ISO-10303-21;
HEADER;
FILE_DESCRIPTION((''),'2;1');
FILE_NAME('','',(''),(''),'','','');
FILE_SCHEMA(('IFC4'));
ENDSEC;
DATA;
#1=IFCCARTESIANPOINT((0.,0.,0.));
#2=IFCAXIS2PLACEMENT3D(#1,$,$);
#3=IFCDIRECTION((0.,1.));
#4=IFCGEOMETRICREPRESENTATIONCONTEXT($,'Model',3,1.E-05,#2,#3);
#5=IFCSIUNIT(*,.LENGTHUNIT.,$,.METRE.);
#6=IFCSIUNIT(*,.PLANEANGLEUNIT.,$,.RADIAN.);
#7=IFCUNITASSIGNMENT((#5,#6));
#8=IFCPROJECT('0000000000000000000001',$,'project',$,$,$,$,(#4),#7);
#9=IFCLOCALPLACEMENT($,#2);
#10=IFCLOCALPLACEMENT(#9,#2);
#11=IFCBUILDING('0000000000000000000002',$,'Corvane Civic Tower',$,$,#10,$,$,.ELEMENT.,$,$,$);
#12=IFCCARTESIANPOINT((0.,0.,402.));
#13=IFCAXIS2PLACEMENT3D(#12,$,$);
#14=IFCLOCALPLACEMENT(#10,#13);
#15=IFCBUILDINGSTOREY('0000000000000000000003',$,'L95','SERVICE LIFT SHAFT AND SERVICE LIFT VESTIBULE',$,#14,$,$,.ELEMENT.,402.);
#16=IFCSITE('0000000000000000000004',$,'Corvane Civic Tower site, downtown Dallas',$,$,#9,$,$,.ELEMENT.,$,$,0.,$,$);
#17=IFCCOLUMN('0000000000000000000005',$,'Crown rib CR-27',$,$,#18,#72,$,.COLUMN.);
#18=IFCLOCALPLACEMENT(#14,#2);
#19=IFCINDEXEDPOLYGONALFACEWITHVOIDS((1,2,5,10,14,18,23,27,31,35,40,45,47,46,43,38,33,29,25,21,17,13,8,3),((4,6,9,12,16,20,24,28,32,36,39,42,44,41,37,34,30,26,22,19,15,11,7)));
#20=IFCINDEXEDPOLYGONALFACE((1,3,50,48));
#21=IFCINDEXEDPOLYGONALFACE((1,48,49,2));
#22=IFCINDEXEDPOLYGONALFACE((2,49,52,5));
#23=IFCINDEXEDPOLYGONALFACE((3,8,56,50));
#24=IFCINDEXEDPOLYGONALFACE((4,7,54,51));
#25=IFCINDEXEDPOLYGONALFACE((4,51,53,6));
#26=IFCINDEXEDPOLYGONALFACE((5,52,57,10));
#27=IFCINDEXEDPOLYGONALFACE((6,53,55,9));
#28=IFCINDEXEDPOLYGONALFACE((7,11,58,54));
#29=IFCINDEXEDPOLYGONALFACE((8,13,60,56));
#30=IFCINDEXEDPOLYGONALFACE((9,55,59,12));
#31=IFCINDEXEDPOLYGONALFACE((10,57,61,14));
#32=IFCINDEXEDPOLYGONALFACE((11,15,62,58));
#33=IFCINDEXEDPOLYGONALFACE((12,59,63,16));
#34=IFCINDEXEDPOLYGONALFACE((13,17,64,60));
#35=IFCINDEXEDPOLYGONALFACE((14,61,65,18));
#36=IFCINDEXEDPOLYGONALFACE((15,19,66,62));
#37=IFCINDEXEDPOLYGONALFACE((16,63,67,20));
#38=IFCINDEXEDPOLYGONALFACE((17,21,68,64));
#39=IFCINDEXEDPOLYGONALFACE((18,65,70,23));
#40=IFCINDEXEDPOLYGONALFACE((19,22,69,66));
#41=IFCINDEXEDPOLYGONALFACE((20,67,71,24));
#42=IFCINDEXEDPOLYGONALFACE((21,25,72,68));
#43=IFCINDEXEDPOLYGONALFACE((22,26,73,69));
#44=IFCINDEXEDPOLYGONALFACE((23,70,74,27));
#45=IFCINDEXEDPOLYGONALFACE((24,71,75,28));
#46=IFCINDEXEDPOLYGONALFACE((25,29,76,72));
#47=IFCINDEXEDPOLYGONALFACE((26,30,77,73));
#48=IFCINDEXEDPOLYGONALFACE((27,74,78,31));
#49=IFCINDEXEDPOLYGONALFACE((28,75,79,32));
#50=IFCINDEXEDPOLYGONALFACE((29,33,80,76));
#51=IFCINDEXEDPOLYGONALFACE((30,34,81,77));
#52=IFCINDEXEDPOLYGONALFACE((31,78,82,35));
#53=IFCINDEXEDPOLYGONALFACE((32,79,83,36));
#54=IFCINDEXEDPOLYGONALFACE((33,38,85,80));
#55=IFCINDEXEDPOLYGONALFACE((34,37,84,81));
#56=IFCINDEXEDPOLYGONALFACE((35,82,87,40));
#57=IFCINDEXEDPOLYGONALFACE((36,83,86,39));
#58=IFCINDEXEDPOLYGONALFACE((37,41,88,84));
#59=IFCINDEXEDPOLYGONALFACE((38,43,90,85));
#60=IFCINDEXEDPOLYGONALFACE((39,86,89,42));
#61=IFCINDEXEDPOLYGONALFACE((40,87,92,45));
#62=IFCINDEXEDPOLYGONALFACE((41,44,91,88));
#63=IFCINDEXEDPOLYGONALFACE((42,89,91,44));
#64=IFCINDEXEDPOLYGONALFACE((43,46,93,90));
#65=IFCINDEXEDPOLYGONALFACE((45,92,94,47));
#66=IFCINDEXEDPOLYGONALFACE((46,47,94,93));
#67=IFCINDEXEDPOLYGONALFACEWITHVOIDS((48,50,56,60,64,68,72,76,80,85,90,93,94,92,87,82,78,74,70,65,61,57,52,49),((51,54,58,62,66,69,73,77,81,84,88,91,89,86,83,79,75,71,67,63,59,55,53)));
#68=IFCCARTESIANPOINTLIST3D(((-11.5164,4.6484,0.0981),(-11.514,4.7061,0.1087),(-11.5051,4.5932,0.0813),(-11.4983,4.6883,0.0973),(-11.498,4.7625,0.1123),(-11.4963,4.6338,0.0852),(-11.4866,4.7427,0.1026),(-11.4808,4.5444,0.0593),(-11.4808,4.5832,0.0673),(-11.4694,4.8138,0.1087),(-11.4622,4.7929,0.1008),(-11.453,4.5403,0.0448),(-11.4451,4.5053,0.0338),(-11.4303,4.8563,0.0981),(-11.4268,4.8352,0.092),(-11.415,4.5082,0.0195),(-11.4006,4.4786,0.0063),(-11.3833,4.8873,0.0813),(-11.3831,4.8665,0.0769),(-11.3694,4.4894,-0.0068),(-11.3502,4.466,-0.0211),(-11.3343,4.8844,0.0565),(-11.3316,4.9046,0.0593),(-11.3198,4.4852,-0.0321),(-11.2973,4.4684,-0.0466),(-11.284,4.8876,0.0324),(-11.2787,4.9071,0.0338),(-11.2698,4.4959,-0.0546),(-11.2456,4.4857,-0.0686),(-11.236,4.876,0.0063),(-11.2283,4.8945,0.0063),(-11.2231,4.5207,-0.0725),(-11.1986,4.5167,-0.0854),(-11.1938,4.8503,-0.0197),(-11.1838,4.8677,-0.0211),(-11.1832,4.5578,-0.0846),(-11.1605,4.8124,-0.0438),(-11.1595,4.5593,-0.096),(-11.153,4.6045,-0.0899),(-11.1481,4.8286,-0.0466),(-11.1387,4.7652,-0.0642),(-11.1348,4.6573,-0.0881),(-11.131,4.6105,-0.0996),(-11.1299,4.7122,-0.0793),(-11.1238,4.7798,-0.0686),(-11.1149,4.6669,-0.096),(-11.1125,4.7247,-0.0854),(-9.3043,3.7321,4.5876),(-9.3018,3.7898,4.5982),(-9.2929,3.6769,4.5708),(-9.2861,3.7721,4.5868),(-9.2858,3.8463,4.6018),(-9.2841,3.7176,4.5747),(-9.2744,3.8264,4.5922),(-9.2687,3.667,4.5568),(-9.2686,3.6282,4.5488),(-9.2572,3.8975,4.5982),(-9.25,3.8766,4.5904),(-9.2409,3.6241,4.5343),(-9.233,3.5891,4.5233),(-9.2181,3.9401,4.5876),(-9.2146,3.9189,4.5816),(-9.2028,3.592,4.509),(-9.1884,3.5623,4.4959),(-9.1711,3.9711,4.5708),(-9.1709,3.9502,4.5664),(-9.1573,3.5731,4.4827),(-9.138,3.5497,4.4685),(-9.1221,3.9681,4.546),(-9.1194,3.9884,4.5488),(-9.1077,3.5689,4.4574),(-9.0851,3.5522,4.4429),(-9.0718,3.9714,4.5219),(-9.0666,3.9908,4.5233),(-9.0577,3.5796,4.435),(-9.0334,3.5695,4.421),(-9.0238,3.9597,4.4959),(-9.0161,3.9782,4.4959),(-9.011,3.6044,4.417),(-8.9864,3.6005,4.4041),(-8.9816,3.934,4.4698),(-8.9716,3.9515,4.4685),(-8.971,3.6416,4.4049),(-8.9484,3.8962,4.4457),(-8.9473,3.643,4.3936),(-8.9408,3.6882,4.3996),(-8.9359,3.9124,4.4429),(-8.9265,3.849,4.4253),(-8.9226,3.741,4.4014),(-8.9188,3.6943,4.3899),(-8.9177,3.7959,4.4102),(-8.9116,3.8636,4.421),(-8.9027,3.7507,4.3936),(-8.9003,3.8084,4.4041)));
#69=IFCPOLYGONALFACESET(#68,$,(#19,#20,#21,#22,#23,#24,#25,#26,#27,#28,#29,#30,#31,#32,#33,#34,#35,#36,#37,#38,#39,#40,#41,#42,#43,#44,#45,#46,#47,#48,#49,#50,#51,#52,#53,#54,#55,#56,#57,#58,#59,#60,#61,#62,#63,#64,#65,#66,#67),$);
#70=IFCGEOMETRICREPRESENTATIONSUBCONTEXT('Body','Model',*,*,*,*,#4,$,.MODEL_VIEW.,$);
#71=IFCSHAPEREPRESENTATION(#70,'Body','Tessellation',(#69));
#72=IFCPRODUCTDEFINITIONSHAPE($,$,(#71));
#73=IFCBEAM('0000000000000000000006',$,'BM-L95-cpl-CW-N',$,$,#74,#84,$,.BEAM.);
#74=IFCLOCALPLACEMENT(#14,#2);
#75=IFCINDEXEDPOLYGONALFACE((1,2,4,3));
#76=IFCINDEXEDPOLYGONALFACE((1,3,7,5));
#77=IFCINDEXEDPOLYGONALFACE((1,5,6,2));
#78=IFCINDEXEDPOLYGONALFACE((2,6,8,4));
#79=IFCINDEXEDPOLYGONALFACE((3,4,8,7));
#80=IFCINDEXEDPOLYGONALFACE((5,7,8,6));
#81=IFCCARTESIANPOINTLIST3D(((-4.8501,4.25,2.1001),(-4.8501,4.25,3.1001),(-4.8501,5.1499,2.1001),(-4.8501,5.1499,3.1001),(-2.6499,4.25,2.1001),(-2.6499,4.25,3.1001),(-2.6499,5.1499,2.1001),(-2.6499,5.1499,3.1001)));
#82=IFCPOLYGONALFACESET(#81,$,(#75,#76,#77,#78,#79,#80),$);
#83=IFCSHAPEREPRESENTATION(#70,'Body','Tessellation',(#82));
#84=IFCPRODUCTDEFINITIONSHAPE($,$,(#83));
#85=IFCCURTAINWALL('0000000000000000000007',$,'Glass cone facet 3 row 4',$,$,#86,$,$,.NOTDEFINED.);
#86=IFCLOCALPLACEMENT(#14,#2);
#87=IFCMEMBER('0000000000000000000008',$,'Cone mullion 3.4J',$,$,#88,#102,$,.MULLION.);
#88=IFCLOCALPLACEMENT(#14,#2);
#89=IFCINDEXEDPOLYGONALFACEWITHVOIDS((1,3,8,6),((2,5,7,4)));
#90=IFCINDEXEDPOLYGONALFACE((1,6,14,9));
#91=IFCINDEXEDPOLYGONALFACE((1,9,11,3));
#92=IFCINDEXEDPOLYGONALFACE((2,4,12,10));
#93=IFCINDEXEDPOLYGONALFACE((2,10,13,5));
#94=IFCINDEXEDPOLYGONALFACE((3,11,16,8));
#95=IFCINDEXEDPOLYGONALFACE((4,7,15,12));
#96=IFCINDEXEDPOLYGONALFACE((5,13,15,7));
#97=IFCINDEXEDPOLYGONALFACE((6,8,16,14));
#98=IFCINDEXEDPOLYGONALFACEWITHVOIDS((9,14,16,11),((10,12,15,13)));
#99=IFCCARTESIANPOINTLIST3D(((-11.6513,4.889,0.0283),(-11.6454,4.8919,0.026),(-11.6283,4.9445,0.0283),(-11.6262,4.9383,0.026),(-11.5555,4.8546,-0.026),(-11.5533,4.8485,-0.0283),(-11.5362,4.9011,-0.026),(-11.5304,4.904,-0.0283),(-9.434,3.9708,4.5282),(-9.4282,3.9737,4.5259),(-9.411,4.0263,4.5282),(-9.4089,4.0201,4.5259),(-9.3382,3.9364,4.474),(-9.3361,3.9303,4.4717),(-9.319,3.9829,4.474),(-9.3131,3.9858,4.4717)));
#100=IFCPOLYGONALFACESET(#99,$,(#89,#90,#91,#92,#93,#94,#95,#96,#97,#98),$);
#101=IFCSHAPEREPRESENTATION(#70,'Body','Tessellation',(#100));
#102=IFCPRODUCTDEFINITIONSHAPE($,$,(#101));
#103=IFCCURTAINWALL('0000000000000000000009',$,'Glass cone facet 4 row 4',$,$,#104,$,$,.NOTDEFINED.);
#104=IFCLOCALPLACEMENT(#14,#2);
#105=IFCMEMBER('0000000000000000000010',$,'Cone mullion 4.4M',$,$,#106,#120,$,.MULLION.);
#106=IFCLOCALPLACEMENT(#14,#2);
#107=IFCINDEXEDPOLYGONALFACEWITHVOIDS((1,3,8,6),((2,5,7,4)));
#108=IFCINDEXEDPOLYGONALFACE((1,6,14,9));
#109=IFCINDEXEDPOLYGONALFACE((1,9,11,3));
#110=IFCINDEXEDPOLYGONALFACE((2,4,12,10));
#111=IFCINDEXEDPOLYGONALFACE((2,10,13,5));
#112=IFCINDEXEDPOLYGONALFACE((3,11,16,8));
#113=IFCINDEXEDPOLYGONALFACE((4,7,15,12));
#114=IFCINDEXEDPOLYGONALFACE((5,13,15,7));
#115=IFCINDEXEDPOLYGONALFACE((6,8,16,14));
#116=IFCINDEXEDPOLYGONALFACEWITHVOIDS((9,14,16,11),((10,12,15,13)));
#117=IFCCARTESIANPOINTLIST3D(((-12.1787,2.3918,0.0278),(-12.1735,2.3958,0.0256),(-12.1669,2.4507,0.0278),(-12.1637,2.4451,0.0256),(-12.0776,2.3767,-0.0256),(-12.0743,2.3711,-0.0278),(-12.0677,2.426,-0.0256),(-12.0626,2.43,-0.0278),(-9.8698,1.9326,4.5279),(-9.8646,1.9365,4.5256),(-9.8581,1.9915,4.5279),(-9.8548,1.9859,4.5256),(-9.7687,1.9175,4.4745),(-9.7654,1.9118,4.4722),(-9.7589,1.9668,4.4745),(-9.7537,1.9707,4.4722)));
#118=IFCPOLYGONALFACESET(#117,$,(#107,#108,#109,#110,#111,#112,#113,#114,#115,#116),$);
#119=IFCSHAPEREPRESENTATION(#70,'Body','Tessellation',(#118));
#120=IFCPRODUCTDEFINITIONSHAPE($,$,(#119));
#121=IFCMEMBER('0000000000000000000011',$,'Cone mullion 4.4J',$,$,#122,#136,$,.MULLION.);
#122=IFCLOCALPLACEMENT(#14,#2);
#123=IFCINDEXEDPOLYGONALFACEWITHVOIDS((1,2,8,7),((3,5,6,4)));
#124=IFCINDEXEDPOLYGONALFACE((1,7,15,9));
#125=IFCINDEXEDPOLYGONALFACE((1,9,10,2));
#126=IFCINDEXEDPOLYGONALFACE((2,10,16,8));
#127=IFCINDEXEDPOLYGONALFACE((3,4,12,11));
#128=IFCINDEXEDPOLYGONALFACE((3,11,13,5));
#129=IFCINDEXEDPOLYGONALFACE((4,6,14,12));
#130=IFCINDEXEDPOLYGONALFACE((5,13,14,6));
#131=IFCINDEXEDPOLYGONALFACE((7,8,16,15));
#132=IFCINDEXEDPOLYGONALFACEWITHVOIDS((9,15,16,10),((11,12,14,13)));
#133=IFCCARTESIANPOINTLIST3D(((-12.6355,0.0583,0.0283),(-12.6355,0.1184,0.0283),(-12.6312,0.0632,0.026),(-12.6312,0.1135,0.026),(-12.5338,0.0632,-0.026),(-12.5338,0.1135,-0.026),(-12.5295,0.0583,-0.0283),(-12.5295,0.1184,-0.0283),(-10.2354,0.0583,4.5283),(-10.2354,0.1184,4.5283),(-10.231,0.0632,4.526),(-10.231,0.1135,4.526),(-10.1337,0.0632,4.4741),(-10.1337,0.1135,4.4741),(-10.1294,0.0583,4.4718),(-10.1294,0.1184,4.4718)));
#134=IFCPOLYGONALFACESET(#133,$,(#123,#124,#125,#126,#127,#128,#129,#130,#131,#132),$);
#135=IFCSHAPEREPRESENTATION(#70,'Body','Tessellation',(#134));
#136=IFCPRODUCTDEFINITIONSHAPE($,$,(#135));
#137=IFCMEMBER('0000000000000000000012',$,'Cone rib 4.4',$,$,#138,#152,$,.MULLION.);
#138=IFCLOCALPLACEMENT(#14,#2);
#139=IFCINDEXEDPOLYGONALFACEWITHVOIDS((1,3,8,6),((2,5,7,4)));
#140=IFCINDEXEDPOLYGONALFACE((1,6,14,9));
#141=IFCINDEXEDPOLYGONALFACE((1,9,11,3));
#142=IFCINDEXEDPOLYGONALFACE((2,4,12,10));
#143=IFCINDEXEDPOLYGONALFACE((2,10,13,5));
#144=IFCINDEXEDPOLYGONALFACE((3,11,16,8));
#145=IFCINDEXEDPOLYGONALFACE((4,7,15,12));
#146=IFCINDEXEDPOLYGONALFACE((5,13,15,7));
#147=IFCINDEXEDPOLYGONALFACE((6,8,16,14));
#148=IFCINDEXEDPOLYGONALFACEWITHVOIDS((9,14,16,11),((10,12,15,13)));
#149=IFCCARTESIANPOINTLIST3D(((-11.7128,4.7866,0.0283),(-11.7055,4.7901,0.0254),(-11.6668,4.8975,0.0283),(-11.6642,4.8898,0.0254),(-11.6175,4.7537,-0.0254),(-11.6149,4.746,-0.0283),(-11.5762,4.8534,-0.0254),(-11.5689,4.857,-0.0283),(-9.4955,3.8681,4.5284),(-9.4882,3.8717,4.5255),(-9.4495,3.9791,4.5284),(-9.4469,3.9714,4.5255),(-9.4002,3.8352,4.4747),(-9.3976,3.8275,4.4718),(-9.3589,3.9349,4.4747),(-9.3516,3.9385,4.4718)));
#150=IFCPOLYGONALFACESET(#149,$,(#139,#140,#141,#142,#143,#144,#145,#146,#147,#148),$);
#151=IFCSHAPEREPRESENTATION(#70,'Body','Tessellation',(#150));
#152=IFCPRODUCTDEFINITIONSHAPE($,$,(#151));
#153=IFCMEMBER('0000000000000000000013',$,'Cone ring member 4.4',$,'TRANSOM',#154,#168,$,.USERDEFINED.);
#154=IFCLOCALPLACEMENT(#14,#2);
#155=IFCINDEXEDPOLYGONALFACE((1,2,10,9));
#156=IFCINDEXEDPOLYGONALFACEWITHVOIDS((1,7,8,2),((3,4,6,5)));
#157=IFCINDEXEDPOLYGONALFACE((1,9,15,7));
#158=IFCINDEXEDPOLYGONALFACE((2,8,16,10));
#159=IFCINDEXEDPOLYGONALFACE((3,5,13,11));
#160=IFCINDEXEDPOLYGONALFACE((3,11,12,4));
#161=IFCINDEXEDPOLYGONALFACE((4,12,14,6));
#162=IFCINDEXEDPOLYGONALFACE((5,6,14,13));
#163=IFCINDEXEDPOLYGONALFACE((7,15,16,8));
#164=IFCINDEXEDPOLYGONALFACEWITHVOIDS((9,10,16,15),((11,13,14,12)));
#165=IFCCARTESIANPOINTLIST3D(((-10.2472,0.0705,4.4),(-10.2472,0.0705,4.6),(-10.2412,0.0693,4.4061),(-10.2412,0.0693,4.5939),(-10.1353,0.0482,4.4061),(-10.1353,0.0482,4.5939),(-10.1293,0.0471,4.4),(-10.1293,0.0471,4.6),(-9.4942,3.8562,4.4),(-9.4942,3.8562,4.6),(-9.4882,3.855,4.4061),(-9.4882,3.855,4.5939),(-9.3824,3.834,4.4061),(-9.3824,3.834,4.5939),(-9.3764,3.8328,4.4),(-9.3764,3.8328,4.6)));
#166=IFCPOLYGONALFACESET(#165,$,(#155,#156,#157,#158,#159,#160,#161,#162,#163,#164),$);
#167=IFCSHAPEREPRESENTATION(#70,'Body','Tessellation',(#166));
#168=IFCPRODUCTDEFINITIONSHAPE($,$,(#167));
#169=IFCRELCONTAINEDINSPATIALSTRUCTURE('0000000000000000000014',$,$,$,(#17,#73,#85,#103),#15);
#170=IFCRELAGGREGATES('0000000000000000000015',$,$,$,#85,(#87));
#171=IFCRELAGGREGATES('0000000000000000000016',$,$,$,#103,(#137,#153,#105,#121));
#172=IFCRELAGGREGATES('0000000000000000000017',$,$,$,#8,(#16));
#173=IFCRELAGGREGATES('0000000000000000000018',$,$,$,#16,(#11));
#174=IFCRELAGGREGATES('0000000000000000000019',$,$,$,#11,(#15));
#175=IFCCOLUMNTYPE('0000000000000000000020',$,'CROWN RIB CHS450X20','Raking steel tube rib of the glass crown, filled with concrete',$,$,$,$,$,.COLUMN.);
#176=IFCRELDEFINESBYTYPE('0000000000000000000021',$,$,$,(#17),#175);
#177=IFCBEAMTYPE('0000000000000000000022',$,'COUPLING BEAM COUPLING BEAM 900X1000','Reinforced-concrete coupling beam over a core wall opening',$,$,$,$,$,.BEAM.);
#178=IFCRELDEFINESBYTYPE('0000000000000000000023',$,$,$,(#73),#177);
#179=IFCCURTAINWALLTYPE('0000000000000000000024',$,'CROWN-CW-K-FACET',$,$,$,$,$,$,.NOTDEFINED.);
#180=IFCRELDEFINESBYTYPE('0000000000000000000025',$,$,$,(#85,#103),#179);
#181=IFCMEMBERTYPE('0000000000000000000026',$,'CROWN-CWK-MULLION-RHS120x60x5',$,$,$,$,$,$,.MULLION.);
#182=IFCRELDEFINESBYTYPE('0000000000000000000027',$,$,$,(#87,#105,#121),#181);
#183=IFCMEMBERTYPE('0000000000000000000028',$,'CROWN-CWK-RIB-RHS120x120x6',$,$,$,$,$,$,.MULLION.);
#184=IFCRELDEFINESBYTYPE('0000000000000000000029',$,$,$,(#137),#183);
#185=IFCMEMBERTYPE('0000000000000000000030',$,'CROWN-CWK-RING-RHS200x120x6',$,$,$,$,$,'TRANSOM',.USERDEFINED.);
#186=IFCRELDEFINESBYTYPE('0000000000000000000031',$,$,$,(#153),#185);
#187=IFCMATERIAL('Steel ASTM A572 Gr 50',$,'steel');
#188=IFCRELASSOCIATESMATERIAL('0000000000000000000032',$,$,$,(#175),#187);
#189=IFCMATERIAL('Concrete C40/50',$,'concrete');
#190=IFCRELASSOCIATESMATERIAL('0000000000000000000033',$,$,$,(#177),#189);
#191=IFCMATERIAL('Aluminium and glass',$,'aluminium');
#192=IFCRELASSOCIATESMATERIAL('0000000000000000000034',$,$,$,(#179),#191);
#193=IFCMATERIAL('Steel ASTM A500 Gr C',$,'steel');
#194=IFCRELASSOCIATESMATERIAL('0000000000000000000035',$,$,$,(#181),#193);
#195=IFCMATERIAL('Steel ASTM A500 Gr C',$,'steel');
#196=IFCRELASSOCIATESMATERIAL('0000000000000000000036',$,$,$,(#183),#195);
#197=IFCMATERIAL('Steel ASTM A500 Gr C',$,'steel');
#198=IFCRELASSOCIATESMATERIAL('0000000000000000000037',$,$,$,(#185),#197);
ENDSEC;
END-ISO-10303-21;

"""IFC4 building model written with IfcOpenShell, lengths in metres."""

from ifc_helpers import new_model, si_unit, direction, frame, origin, origin_2d, place, context, subcontext, project, spatial, rectangle, hollow_rectangle, hollow_circle, extrude, material, material_profile, profile_set, type_object, element, aggregate, save


model = new_model("IFC4")

# Units and contexts
model_context = context("Model", 3, precision=1e-05, world=origin(), true_north=direction((0.0, 1.0)))
body_context = subcontext(model_context, "Body", "Model", "MODEL_VIEW")
ifc_project = project(units=[si_unit("LENGTHUNIT", "METRE"), si_unit("PLANEANGLEUNIT", "RADIAN")], contexts=[model_context])

# Site, building, storey
site_placement = place(None, origin())
site = spatial("IfcSite", under=ifc_project, at=site_placement, Name="Corvane Civic Tower site, downtown Dallas", CompositionType="ELEMENT", RefElevation=0.0)
building_placement = place(site_placement, origin())
building = spatial("IfcBuilding", under=site, at=building_placement, Name="Corvane Civic Tower", CompositionType="ELEMENT")
storey_placement = place(building_placement, frame((0.0, 0.0, 402.0)))
storey = spatial("IfcBuildingStorey", under=building, at=storey_placement, Name="L95", Description="SERVICE LIFT SHAFT AND SERVICE LIFT VESTIBULE", CompositionType="ELEMENT", Elevation=402.0)

# Column
ifc_material_1 = material(Name="Steel ASTM A572 Gr 50", Category="steel")
ifc_material_profile_1 = material_profile(ifc_material_1, hollow_circle(Radius=0.2251, WallThickness=0.02, at=origin_2d()), Name="CHS450X20")
ifc_profile_set_1 = profile_set([ifc_material_profile_1], Name="Steel ASTM A572 Gr 50")
column_type = type_object("IfcColumnType", Name="CROWN RIB CHS450X20", Description="Raking steel tube rib of the glass crown, filled with concrete", PredefinedType="COLUMN", material=ifc_profile_set_1)
column_placement = place(storey_placement, frame((-11.3145, 4.6865, 0.0063), z_axis=(0.434771, -0.180079, 0.882353), x_axis=(0.382667, 0.923886, 0.0)))
element("IfcColumn", 1, at=column_placement, inside=storey, type_object=column_type, Name="Crown rib CR-27", PredefinedType="COLUMN", context=body_context, shape_type="SweptSolid", body=[
    extrude(hollow_circle(Radius=0.2251, WallThickness=0.02, at=origin_2d()), origin(), (0.0, 0.0, 1.0), 5.0881),
])

# Beam
ifc_material_2 = material(Name="Concrete C40/50", Category="concrete")
ifc_material_profile_2 = material_profile(ifc_material_2, rectangle(XDim=0.8999, YDim=1.0, at=origin_2d()), Name="COUPLING BEAM 900X1000")
ifc_profile_set_2 = profile_set([ifc_material_profile_2], Name="Concrete C40/50")
beam_type_1 = type_object("IfcBeamType", Name="COUPLING BEAM COUPLING BEAM 900X1000", Description="Reinforced-concrete coupling beam over a core wall opening", PredefinedType="BEAM", material=ifc_profile_set_2)
beam_1_placement = place(storey_placement, frame((-4.8501, 4.7, 2.6001), z_axis=(1.0, 0.0, 0.0), x_axis=(0.0, 1.0, 0.0)))
element("IfcBeam", 2, at=beam_1_placement, inside=storey, type_object=beam_type_1, Name="BM-L95-cpl-CW-N", PredefinedType="BEAM", context=body_context, shape_type="SweptSolid", body=[
    extrude(rectangle(XDim=0.8999, YDim=1.0, at=origin_2d()), origin(), (0.0, 0.0, 1.0), 2.2002),
])

# Curtain wall, member
ifc_material_3 = material(Name="Aluminium and glass", Category="aluminium")
curtain_wall_type = type_object("IfcCurtainWallType", Name="CROWN-CW-K-FACET", PredefinedType="NOTDEFINED", material=ifc_material_3)
curtain_wall_1_placement = place(storey_placement, origin())
curtain_wall_1 = element("IfcCurtainWall", 3, at=curtain_wall_1_placement, inside=storey, type_object=curtain_wall_type, Name="Glass cone facet 3 row 4", PredefinedType="NOTDEFINED")
ifc_material_4 = material(Name="Steel ASTM A500 Gr C", Category="steel")
ifc_material_profile_3 = material_profile(ifc_material_4, hollow_rectangle(XDim=0.0601, YDim=0.1201, WallThickness=0.0049, at=origin_2d()), Name="RHS 120x60x5")
ifc_profile_set_3 = profile_set([ifc_material_profile_3], Name="Steel ASTM A500 Gr C")
member_type_1 = type_object("IfcMemberType", Name="CROWN-CWK-MULLION-RHS120x60x5", PredefinedType="MULLION", material=ifc_profile_set_3)
member_1_placement = place(storey_placement, frame((-11.5908, 4.8965, 0.0), z_axis=(0.434766, -0.180044, 0.882362), x_axis=(0.382606, 0.923911, 0.0)))
member_1 = element("IfcMember", 4, at=member_1_placement, type_object=member_type_1, Name="Cone mullion 3.4J", PredefinedType="MULLION", context=body_context, shape_type="SweptSolid", body=[
    extrude(hollow_rectangle(XDim=0.0601, YDim=0.1201, WallThickness=0.0049, at=origin_2d()), origin(), (0.0, 0.0, 1.0), 5.0999),
])
aggregate(curtain_wall_1, [member_1])

# Curtain wall, members
curtain_wall_2_placement = place(storey_placement, origin())
curtain_wall_2 = element("IfcCurtainWall", 5, at=curtain_wall_2_placement, inside=storey, type_object=curtain_wall_type, Name="Glass cone facet 4 row 4", PredefinedType="NOTDEFINED")
member_2_placement = place(storey_placement, frame((-12.1206, 2.4109, 0.0), z_axis=(0.454626, -0.090425, 0.88608), x_axis=(0.195079, 0.980788, 0.0)))
member_2 = element("IfcMember", 6, at=member_2_placement, type_object=member_type_1, Name="Cone mullion 4.4M", PredefinedType="MULLION", context=body_context, shape_type="SweptSolid", body=[
    extrude(hollow_rectangle(XDim=0.0601, YDim=0.1201, WallThickness=0.0049, at=origin_2d()), origin(), (0.0, 0.0, 1.0), 5.0786),
])
member_3_placement = place(storey_placement, frame((-12.5825, 0.0884, 0.0), z_axis=(0.470611, 0.0, 0.882341), x_axis=(0.0, 1.0, 0.0)))
member_3 = element("IfcMember", 7, at=member_3_placement, type_object=member_type_1, Name="Cone mullion 4.4J", PredefinedType="MULLION", context=body_context, shape_type="SweptSolid", body=[
    extrude(hollow_rectangle(XDim=0.0601, YDim=0.1201, WallThickness=0.0049, at=origin_2d()), origin(), (0.0, 0.0, 1.0), 5.1001),
])
ifc_material_5 = material(Name="Steel ASTM A500 Gr C", Category="steel")
ifc_material_profile_4 = material_profile(ifc_material_5, hollow_rectangle(XDim=0.1201, YDim=0.1201, WallThickness=0.0061, at=origin_2d()), Name="RHS 120x120x6")
ifc_profile_set_4 = profile_set([ifc_material_profile_4], Name="Steel ASTM A500 Gr C")
member_type_2 = type_object("IfcMemberType", Name="CROWN-CWK-RIB-RHS120x120x6", PredefinedType="MULLION", material=ifc_profile_set_4)
member_4_placement = place(storey_placement, frame((-11.6409, 4.8218, 0.0), z_axis=(0.434762, -0.18009, 0.882354), x_axis=(0.382693, 0.923875, 0.0)))
member_4 = element("IfcMember", 8, at=member_4_placement, type_object=member_type_2, Name="Cone rib 4.4", PredefinedType="MULLION", context=body_context, shape_type="SweptSolid", body=[
    extrude(hollow_rectangle(XDim=0.1201, YDim=0.1201, WallThickness=0.0061, at=origin_2d()), origin(), (0.0, 0.0, 1.0), 5.1001),
])
ifc_material_6 = material(Name="Steel ASTM A500 Gr C", Category="steel")
ifc_material_profile_5 = material_profile(ifc_material_6, hollow_rectangle(XDim=0.1201, YDim=0.2, WallThickness=0.0061, at=origin_2d()), Name="RHS 200x120x6")
ifc_profile_set_5 = profile_set([ifc_material_profile_5], Name="Steel ASTM A500 Gr C")
member_type_3 = type_object("IfcMemberType", Name="CROWN-CWK-RING-RHS200x120x6", ElementType="TRANSOM", PredefinedType="USERDEFINED", material=ifc_profile_set_5)
member_5_placement = place(storey_placement, frame((-9.4353, 3.8445, 4.5), z_axis=(-0.19507, -0.980789, 0.0), x_axis=(0.980789, -0.19507, 0.0)))
member_5 = element("IfcMember", 9, at=member_5_placement, type_object=member_type_3, Name="Cone ring member 4.4", ObjectType="TRANSOM", PredefinedType="USERDEFINED", context=body_context, shape_type="SweptSolid", body=[
    extrude(hollow_rectangle(XDim=0.1201, YDim=0.2, WallThickness=0.0061, at=origin_2d()), origin(), (0.0, 0.0, 1.0), 3.8599),
])

aggregate(curtain_wall_2, [member_4, member_5, member_2, member_3])

save(model, "model.ifc")
